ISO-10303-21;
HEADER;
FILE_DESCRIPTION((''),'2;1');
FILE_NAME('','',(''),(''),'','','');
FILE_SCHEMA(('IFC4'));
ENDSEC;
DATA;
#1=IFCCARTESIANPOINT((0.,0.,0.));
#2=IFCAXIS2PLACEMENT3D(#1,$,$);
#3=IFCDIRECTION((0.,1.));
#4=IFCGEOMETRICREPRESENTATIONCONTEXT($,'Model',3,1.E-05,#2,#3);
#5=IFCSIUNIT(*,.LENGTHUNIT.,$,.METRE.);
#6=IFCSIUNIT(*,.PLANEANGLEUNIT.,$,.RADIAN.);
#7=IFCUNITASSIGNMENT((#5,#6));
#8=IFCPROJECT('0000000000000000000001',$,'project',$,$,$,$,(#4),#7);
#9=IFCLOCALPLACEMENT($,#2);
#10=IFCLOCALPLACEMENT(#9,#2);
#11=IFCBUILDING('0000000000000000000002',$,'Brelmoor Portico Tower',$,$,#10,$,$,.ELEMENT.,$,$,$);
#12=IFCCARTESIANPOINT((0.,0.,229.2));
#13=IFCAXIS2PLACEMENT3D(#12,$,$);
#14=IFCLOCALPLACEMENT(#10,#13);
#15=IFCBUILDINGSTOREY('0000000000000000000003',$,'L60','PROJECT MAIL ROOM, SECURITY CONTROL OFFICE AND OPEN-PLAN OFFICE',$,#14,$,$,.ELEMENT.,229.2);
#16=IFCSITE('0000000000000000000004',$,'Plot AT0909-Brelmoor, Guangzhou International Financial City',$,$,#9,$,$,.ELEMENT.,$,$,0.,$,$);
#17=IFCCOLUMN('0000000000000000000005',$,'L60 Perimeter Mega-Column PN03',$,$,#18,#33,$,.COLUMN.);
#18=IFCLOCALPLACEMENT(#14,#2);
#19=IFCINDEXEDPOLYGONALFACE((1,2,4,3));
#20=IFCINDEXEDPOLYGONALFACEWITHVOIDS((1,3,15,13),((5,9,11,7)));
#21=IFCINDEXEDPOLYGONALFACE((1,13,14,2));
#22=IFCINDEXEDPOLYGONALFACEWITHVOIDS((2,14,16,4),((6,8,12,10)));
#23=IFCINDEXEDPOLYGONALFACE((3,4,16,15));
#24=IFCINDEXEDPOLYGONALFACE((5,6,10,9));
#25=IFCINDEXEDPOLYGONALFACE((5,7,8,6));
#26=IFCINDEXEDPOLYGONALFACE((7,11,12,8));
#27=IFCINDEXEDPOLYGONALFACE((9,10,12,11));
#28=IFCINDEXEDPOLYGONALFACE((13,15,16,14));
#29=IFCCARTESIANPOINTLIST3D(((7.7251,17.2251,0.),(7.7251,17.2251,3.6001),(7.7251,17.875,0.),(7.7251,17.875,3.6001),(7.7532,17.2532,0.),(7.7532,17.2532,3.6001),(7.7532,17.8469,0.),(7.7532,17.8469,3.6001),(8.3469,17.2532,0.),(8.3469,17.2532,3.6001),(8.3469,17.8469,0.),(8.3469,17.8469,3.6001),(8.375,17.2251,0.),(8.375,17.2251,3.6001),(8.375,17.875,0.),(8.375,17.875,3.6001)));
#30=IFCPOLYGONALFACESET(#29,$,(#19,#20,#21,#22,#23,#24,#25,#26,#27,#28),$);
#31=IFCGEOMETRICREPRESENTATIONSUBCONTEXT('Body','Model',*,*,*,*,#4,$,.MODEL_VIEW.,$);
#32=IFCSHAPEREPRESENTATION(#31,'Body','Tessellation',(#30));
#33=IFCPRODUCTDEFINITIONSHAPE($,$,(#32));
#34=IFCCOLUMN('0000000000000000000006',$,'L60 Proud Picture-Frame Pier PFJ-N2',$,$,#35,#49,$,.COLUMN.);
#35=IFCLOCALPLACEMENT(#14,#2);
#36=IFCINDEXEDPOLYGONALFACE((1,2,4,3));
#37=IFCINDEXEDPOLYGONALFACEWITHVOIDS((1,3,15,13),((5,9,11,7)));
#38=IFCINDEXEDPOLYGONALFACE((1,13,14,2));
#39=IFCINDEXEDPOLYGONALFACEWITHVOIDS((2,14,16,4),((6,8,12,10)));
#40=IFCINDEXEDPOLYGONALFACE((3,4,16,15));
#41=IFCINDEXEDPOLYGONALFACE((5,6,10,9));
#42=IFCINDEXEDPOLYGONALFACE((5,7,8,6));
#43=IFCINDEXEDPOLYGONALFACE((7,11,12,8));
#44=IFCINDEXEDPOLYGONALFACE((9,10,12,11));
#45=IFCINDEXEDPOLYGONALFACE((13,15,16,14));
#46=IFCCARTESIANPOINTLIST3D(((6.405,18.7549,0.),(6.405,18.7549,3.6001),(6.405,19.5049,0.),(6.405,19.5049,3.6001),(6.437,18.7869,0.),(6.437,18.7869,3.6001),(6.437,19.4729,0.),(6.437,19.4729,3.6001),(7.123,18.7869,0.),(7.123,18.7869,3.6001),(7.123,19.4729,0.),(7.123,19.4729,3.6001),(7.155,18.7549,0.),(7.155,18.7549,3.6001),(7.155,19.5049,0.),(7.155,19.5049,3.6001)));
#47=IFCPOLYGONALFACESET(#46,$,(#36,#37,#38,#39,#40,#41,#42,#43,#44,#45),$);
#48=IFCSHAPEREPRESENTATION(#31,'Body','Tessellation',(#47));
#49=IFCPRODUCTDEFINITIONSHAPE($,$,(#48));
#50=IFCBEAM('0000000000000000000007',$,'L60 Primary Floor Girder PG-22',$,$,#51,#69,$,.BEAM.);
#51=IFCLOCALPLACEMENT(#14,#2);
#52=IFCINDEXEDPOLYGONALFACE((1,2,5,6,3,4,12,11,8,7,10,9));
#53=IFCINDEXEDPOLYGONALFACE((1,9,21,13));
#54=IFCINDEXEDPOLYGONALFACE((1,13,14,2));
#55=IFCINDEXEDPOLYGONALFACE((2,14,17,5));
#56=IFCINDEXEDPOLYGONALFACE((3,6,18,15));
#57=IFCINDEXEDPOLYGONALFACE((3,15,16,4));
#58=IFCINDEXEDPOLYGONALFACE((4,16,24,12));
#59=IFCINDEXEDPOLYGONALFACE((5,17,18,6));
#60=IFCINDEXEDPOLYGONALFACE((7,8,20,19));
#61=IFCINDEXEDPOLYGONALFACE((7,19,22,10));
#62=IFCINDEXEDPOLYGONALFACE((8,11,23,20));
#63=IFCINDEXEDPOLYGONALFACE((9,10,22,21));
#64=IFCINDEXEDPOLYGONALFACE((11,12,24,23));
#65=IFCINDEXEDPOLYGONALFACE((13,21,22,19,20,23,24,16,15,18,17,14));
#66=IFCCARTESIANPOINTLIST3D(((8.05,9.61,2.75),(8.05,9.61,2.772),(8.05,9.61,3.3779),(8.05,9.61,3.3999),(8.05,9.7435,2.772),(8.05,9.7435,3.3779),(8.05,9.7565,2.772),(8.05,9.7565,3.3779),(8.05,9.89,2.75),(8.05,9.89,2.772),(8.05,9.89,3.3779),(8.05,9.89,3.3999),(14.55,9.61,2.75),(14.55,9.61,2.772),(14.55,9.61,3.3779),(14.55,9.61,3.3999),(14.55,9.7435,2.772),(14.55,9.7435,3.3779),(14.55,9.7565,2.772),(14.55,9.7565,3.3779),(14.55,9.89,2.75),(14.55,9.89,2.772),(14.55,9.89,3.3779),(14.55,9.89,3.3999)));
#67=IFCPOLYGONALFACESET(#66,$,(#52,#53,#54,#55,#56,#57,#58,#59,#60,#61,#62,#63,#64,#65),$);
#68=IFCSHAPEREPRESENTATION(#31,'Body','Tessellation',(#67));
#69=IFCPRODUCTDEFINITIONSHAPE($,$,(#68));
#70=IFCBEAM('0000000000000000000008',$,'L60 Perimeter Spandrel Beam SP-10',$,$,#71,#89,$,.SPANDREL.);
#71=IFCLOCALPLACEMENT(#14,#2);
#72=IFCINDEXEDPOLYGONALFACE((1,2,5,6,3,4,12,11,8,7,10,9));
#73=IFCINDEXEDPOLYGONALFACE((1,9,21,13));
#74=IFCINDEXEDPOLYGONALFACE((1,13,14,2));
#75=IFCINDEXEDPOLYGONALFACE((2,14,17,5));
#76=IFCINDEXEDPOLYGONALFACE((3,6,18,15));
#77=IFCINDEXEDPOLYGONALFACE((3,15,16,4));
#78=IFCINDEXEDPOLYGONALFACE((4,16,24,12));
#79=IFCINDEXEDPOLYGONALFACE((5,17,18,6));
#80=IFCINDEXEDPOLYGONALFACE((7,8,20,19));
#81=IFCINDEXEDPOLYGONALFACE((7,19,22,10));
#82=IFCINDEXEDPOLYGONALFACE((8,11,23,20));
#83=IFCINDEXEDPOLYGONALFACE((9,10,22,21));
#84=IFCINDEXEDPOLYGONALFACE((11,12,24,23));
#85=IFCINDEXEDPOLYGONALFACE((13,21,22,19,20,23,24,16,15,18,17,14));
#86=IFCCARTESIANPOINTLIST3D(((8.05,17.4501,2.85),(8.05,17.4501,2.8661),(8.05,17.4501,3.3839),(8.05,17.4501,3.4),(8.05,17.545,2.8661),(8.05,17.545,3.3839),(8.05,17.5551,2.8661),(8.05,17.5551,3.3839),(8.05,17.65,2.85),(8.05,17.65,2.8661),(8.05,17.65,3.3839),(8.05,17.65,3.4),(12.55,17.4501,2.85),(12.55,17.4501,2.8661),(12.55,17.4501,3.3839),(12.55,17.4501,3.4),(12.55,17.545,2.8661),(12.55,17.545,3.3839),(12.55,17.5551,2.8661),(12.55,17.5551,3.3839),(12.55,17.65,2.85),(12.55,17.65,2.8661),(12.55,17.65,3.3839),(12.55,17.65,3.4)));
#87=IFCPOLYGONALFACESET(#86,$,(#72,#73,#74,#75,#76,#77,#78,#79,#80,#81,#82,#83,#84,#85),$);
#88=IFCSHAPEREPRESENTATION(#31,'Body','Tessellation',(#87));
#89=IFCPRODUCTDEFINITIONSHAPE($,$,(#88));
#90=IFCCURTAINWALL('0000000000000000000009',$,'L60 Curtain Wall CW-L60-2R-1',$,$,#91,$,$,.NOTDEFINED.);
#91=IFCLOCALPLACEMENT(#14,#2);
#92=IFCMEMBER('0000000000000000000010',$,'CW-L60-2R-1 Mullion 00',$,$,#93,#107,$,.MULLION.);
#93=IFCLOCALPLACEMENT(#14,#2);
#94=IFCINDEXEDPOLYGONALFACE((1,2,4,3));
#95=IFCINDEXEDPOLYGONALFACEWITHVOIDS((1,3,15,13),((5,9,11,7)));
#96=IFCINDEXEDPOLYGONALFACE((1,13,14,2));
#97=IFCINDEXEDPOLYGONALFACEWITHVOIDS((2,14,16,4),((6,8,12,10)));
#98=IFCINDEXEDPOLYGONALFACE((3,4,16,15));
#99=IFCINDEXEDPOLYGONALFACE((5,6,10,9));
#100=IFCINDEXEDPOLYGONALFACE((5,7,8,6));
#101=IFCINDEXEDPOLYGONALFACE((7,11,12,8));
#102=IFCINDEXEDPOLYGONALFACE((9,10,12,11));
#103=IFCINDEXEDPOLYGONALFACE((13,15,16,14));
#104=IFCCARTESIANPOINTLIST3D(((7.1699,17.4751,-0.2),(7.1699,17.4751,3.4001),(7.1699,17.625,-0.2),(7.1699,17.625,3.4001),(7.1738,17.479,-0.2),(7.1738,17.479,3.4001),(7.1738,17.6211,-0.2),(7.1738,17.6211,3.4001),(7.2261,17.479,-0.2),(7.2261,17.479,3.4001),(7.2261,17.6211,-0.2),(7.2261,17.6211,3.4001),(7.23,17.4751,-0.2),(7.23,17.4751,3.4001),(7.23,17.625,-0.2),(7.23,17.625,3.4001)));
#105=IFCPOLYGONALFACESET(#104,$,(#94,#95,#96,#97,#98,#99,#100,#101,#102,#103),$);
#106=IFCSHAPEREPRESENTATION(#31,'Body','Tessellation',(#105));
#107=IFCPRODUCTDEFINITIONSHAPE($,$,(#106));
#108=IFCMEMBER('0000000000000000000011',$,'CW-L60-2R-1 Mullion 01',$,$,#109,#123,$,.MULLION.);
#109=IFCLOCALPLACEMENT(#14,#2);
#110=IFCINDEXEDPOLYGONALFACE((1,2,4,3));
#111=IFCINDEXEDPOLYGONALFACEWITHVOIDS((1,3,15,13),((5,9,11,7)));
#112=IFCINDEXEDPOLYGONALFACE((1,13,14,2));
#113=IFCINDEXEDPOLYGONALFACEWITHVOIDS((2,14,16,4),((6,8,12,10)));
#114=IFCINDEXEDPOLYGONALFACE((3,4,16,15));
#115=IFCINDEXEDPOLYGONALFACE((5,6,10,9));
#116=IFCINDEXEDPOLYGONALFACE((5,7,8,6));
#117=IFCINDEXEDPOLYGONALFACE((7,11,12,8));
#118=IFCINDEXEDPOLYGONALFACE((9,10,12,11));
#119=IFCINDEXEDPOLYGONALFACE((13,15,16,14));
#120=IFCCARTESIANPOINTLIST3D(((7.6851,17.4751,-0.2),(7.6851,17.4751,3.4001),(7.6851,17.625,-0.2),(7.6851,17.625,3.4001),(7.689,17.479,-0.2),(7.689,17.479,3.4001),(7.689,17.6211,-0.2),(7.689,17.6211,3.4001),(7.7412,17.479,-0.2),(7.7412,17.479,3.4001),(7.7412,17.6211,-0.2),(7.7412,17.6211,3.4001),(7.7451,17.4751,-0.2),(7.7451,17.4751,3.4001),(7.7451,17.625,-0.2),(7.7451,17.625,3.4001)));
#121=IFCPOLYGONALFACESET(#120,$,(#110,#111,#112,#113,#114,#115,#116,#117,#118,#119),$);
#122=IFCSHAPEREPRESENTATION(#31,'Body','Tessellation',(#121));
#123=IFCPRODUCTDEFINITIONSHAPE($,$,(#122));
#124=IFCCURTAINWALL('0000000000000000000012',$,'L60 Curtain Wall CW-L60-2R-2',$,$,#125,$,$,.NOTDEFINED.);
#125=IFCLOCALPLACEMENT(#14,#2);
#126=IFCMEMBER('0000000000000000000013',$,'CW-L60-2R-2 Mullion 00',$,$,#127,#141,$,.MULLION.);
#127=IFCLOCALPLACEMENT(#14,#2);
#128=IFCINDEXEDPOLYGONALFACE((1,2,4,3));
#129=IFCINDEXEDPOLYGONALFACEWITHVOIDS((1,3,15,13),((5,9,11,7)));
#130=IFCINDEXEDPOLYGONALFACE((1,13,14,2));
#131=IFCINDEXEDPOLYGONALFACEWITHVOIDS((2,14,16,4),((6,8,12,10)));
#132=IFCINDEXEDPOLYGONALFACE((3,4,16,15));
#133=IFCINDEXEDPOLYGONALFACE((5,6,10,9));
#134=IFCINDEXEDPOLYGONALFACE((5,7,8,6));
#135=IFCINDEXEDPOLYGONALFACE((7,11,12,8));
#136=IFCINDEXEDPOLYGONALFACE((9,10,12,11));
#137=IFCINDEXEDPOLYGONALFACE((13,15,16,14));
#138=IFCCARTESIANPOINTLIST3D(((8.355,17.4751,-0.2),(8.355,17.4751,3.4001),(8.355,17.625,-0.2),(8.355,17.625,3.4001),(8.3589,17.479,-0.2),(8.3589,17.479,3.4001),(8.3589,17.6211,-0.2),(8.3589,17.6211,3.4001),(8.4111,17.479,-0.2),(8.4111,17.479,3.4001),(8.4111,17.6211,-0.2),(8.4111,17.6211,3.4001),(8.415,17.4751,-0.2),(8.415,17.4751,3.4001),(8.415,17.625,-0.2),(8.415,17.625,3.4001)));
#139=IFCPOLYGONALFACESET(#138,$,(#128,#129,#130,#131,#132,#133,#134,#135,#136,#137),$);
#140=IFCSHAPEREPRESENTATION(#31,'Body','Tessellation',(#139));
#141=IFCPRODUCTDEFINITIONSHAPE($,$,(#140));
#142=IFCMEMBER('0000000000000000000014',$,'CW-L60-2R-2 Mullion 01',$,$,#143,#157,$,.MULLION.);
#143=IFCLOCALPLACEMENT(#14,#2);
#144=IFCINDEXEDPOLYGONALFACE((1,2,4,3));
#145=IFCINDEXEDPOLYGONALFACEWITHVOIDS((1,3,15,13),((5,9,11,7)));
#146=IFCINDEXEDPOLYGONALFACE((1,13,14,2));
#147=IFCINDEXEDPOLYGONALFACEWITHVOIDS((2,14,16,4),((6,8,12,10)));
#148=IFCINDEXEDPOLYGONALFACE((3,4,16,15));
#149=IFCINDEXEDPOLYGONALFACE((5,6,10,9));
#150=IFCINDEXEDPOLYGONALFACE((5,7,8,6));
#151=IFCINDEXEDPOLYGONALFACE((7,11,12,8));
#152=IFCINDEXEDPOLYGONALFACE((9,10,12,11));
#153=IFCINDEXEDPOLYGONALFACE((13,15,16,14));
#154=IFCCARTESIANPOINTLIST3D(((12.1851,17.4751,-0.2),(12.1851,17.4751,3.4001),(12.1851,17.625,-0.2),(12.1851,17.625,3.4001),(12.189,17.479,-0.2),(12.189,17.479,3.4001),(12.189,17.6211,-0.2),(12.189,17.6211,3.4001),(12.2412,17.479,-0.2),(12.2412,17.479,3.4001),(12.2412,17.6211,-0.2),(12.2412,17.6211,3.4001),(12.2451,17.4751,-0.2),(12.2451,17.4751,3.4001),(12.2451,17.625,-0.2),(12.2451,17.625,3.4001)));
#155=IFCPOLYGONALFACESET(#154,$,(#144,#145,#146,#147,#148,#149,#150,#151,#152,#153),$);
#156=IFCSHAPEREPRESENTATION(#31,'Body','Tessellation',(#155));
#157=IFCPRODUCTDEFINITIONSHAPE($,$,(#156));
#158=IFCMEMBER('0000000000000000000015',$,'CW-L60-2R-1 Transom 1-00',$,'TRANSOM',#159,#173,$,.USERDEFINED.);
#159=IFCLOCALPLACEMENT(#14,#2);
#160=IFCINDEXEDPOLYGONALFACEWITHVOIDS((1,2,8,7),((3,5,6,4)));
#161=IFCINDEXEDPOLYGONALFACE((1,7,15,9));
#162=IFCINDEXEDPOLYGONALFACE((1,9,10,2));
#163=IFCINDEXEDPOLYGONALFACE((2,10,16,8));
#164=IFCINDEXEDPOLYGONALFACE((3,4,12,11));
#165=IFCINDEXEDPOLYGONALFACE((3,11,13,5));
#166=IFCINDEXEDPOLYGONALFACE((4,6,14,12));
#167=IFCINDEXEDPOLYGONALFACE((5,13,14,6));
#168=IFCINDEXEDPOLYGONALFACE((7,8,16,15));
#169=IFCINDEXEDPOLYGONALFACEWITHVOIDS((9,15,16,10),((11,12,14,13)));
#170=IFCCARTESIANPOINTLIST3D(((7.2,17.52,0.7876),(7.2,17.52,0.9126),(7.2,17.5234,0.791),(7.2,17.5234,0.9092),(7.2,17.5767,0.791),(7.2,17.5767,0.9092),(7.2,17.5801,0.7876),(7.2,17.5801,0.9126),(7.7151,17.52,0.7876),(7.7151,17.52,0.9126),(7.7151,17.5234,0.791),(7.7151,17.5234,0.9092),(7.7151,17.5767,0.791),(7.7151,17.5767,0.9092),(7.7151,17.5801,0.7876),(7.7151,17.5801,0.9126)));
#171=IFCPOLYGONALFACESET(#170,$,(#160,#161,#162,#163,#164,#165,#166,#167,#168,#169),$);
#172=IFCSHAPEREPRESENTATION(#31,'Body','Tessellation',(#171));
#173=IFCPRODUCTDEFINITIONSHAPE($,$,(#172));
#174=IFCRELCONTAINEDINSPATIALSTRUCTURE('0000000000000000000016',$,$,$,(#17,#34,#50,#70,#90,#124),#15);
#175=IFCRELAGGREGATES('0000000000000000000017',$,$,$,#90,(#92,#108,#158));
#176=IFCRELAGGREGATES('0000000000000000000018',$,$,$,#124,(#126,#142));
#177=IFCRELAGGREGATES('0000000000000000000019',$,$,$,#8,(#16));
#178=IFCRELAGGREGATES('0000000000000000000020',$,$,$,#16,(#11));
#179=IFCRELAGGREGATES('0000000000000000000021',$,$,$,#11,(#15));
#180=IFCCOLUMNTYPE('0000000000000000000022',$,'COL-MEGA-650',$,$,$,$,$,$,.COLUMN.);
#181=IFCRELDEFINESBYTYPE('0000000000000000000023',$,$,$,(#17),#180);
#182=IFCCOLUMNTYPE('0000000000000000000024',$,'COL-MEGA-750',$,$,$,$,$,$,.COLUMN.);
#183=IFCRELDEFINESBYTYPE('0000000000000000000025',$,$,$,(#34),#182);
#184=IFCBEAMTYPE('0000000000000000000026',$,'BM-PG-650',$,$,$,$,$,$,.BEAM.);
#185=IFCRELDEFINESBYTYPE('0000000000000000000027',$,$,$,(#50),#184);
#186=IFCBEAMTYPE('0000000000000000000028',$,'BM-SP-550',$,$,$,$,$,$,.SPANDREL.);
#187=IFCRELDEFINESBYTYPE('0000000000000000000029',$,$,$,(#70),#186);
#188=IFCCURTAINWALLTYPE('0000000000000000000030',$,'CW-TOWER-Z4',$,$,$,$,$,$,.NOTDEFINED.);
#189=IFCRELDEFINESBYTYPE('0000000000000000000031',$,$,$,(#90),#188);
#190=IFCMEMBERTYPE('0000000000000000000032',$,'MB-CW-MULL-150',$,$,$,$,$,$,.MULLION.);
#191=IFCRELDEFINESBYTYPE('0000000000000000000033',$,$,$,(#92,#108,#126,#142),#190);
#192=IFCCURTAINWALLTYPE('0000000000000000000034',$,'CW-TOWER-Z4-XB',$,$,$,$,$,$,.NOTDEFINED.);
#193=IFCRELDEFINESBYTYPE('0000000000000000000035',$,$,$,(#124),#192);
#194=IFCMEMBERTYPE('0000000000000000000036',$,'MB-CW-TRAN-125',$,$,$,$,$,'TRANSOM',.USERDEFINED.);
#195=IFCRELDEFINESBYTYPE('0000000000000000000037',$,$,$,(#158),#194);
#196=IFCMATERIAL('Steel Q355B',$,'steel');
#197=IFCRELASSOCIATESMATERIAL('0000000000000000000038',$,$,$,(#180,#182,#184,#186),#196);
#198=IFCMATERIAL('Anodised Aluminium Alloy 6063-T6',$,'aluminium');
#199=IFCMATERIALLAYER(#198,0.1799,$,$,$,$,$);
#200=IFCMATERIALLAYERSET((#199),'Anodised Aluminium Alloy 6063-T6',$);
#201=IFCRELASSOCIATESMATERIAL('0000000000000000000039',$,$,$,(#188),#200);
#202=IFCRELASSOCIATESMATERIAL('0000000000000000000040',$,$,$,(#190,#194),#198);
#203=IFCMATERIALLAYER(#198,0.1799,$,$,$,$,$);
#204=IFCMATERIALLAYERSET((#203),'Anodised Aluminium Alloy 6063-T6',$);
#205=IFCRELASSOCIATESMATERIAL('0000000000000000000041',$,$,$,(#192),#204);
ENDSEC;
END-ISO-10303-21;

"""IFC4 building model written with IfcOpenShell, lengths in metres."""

from ifc_helpers import new_model, si_unit, direction, frame, origin, origin_2d, place, context, subcontext, project, spatial, hollow_rectangle, i_section, extrude, material, layer, layer_set, material_profile, profile_set, type_object, element, aggregate, save


model = new_model("IFC4")

# Units and contexts
model_context = context("Model", 3, precision=1e-05, world=origin(), true_north=direction((0.0, 1.0)))
body_context = subcontext(model_context, "Body", "Model", "MODEL_VIEW")
ifc_project = project(units=[si_unit("LENGTHUNIT", "METRE"), si_unit("PLANEANGLEUNIT", "RADIAN")], contexts=[model_context])

# Site, building, storey
site_placement = place(None, origin())
site = spatial("IfcSite", under=ifc_project, at=site_placement, Name="Plot AT0909-Brelmoor, Guangzhou International Financial City", CompositionType="ELEMENT", RefElevation=0.0)
building_placement = place(site_placement, origin())
building = spatial("IfcBuilding", under=site, at=building_placement, Name="Brelmoor Portico Tower", CompositionType="ELEMENT")
storey_placement = place(building_placement, frame((0.0, 0.0, 229.2)))
storey = spatial("IfcBuildingStorey", under=building, at=storey_placement, Name="L60", Description="PROJECT MAIL ROOM, SECURITY CONTROL OFFICE AND OPEN-PLAN OFFICE", CompositionType="ELEMENT", Elevation=229.2)

# Columns
ifc_material_1 = material(Name="Steel Q355B", Category="steel")
ifc_material_profile_1 = material_profile(ifc_material_1, hollow_rectangle(XDim=0.6499, YDim=0.6499, WallThickness=0.0281, at=origin_2d()), Name="BOX 650x650x28")
ifc_profile_set_1 = profile_set([ifc_material_profile_1], Name="Steel Q355B")
column_type_1 = type_object("IfcColumnType", Name="COL-MEGA-650", PredefinedType="COLUMN", material=ifc_profile_set_1)
column_1_placement = place(storey_placement, frame((8.05, 17.55, 0.0), z_axis=(0.0, 0.0, 1.0), x_axis=(1.0, 0.0, 0.0)))
element("IfcColumn", 1, at=column_1_placement, inside=storey, type_object=column_type_1, Name="L60 Perimeter Mega-Column PN03", PredefinedType="COLUMN", context=body_context, shape_type="SweptSolid", body=[
    extrude(hollow_rectangle(XDim=0.6499, YDim=0.6499, WallThickness=0.0281, at=origin_2d()), origin(), (0.0, 0.0, 1.0), 3.6001),
])
ifc_material_profile_2 = material_profile(ifc_material_1, hollow_rectangle(XDim=0.75, YDim=0.75, WallThickness=0.032, at=origin_2d()), Name="BOX 750x750x32")
ifc_profile_set_2 = profile_set([ifc_material_profile_2], Name="Steel Q355B")
column_type_2 = type_object("IfcColumnType", Name="COL-MEGA-750", PredefinedType="COLUMN", material=ifc_profile_set_2)
column_2_placement = place(storey_placement, frame((6.78, 19.1299, 0.0), z_axis=(0.0, 0.0, 1.0), x_axis=(1.0, 0.0, 0.0)))
element("IfcColumn", 2, at=column_2_placement, inside=storey, type_object=column_type_2, Name="L60 Proud Picture-Frame Pier PFJ-N2", PredefinedType="COLUMN", context=body_context, shape_type="SweptSolid", body=[
    extrude(hollow_rectangle(XDim=0.75, YDim=0.75, WallThickness=0.032, at=origin_2d()), origin(), (0.0, 0.0, 1.0), 3.6001),
])

# Beams
ifc_material_profile_3 = material_profile(ifc_material_1, i_section(OverallWidth=0.28, OverallDepth=0.6499, WebThickness=0.0129, FlangeThickness=0.022, at=origin_2d()), Name="HN 650x280x13x22")
ifc_profile_set_3 = profile_set([ifc_material_profile_3], Name="Steel Q355B")
beam_type_1 = type_object("IfcBeamType", Name="BM-PG-650", PredefinedType="BEAM", material=ifc_profile_set_3)
beam_1_placement = place(storey_placement, frame((8.05, 9.75, 3.075), z_axis=(1.0, 0.0, 0.0), x_axis=(0.0, 1.0, 0.0)))
element("IfcBeam", 3, at=beam_1_placement, inside=storey, type_object=beam_type_1, Name="L60 Primary Floor Girder PG-22", PredefinedType="BEAM", context=body_context, shape_type="SweptSolid", body=[
    extrude(i_section(OverallWidth=0.28, OverallDepth=0.6499, WebThickness=0.0129, FlangeThickness=0.022, at=origin_2d()), origin(), (0.0, 0.0, 1.0), 6.5),
])
ifc_material_profile_4 = material_profile(ifc_material_1, i_section(OverallWidth=0.2, OverallDepth=0.55, WebThickness=0.01, FlangeThickness=0.0161, at=origin_2d()), Name="HN 550x200x10x16")
ifc_profile_set_4 = profile_set([ifc_material_profile_4], Name="Steel Q355B")
beam_type_2 = type_object("IfcBeamType", Name="BM-SP-550", PredefinedType="SPANDREL", material=ifc_profile_set_4)
beam_2_placement = place(storey_placement, frame((8.05, 17.55, 3.125), z_axis=(1.0, 0.0, 0.0), x_axis=(0.0, 1.0, 0.0)))
element("IfcBeam", 4, at=beam_2_placement, inside=storey, type_object=beam_type_2, Name="L60 Perimeter Spandrel Beam SP-10", PredefinedType="SPANDREL", context=body_context, shape_type="SweptSolid", body=[
    extrude(i_section(OverallWidth=0.2, OverallDepth=0.55, WebThickness=0.01, FlangeThickness=0.0161, at=origin_2d()), origin(), (0.0, 0.0, 1.0), 4.5),
])

# Curtain walls, members
ifc_material_2 = material(Name="Anodised Aluminium Alloy 6063-T6", Category="aluminium")
ifc_layer_1 = layer(ifc_material_2, 0.1799)
ifc_layer_set_1 = layer_set([ifc_layer_1], Name="Anodised Aluminium Alloy 6063-T6")
curtain_wall_type_1 = type_object("IfcCurtainWallType", Name="CW-TOWER-Z4", PredefinedType="NOTDEFINED", material=ifc_layer_set_1)
curtain_wall_1_placement = place(storey_placement, origin())
curtain_wall_1 = element("IfcCurtainWall", 5, at=curtain_wall_1_placement, inside=storey, type_object=curtain_wall_type_1, Name="L60 Curtain Wall CW-L60-2R-1", PredefinedType="NOTDEFINED")
ifc_material_profile_5 = material_profile(ifc_material_2, hollow_rectangle(XDim=0.0601, YDim=0.1499, WallThickness=0.0039, at=origin_2d()), Name="ALU MULLION 60x150")
ifc_profile_set_5 = profile_set([ifc_material_profile_5], Name="Anodised Aluminium Alloy 6063-T6")
member_type_1 = type_object("IfcMemberType", Name="MB-CW-MULL-150", PredefinedType="MULLION", material=ifc_profile_set_5)
member_1_placement = place(storey_placement, frame((7.2, 17.55, -0.2), z_axis=(0.0, 0.0, 1.0), x_axis=(1.0, 0.0, 0.0)))
member_1 = element("IfcMember", 6, at=member_1_placement, type_object=member_type_1, Name="CW-L60-2R-1 Mullion 00", PredefinedType="MULLION", context=body_context, shape_type="SweptSolid", body=[
    extrude(hollow_rectangle(XDim=0.0601, YDim=0.1499, WallThickness=0.0039, at=origin_2d()), origin(), (0.0, 0.0, 1.0), 3.6001),
])
member_2_placement = place(storey_placement, frame((7.7151, 17.55, -0.2), z_axis=(0.0, 0.0, 1.0), x_axis=(1.0, 0.0, 0.0)))
member_2 = element("IfcMember", 7, at=member_2_placement, type_object=member_type_1, Name="CW-L60-2R-1 Mullion 01", PredefinedType="MULLION", context=body_context, shape_type="SweptSolid", body=[
    extrude(hollow_rectangle(XDim=0.0601, YDim=0.1499, WallThickness=0.0039, at=origin_2d()), origin(), (0.0, 0.0, 1.0), 3.6001),
])
ifc_layer_2 = layer(ifc_material_2, 0.1799)
ifc_layer_set_2 = layer_set([ifc_layer_2], Name="Anodised Aluminium Alloy 6063-T6")
curtain_wall_type_2 = type_object("IfcCurtainWallType", Name="CW-TOWER-Z4-XB", PredefinedType="NOTDEFINED", material=ifc_layer_set_2)
curtain_wall_2_placement = place(storey_placement, origin())
curtain_wall_2 = element("IfcCurtainWall", 8, at=curtain_wall_2_placement, inside=storey, type_object=curtain_wall_type_2, Name="L60 Curtain Wall CW-L60-2R-2", PredefinedType="NOTDEFINED")
member_3_placement = place(storey_placement, frame((8.385, 17.55, -0.2), z_axis=(0.0, 0.0, 1.0), x_axis=(1.0, 0.0, 0.0)))
member_3 = element("IfcMember", 9, at=member_3_placement, type_object=member_type_1, Name="CW-L60-2R-2 Mullion 00", PredefinedType="MULLION", context=body_context, shape_type="SweptSolid", body=[
    extrude(hollow_rectangle(XDim=0.0601, YDim=0.1499, WallThickness=0.0039, at=origin_2d()), origin(), (0.0, 0.0, 1.0), 3.6001),
])
member_4_placement = place(storey_placement, frame((12.2151, 17.55, -0.2), z_axis=(0.0, 0.0, 1.0), x_axis=(1.0, 0.0, 0.0)))
member_4 = element("IfcMember", 10, at=member_4_placement, type_object=member_type_1, Name="CW-L60-2R-2 Mullion 01", PredefinedType="MULLION", context=body_context, shape_type="SweptSolid", body=[
    extrude(hollow_rectangle(XDim=0.0601, YDim=0.1499, WallThickness=0.0039, at=origin_2d()), origin(), (0.0, 0.0, 1.0), 3.6001),
])

# Member
ifc_material_profile_6 = material_profile(ifc_material_2, hollow_rectangle(XDim=0.0601, YDim=0.125, WallThickness=0.0034, at=origin_2d()), Name="ALU TRANSOM 60x125")
ifc_profile_set_6 = profile_set([ifc_material_profile_6], Name="Anodised Aluminium Alloy 6063-T6")
member_type_2 = type_object("IfcMemberType", Name="MB-CW-TRAN-125", ElementType="TRANSOM", PredefinedType="USERDEFINED", material=ifc_profile_set_6)
member_5_placement = place(storey_placement, frame((7.2, 17.55, 0.8501), z_axis=(1.0, 0.0, 0.0), x_axis=(0.0, 1.0, 0.0)))
member_5 = element("IfcMember", 11, at=member_5_placement, type_object=member_type_2, Name="CW-L60-2R-1 Transom 1-00", ObjectType="TRANSOM", PredefinedType="USERDEFINED", context=body_context, shape_type="SweptSolid", body=[
    extrude(hollow_rectangle(XDim=0.0601, YDim=0.125, WallThickness=0.0034, at=origin_2d()), origin(), (0.0, 0.0, 1.0), 0.5151),
])

aggregate(curtain_wall_1, [member_1, member_2, member_5])
aggregate(curtain_wall_2, [member_3, member_4])

save(model, "model.ifc")
